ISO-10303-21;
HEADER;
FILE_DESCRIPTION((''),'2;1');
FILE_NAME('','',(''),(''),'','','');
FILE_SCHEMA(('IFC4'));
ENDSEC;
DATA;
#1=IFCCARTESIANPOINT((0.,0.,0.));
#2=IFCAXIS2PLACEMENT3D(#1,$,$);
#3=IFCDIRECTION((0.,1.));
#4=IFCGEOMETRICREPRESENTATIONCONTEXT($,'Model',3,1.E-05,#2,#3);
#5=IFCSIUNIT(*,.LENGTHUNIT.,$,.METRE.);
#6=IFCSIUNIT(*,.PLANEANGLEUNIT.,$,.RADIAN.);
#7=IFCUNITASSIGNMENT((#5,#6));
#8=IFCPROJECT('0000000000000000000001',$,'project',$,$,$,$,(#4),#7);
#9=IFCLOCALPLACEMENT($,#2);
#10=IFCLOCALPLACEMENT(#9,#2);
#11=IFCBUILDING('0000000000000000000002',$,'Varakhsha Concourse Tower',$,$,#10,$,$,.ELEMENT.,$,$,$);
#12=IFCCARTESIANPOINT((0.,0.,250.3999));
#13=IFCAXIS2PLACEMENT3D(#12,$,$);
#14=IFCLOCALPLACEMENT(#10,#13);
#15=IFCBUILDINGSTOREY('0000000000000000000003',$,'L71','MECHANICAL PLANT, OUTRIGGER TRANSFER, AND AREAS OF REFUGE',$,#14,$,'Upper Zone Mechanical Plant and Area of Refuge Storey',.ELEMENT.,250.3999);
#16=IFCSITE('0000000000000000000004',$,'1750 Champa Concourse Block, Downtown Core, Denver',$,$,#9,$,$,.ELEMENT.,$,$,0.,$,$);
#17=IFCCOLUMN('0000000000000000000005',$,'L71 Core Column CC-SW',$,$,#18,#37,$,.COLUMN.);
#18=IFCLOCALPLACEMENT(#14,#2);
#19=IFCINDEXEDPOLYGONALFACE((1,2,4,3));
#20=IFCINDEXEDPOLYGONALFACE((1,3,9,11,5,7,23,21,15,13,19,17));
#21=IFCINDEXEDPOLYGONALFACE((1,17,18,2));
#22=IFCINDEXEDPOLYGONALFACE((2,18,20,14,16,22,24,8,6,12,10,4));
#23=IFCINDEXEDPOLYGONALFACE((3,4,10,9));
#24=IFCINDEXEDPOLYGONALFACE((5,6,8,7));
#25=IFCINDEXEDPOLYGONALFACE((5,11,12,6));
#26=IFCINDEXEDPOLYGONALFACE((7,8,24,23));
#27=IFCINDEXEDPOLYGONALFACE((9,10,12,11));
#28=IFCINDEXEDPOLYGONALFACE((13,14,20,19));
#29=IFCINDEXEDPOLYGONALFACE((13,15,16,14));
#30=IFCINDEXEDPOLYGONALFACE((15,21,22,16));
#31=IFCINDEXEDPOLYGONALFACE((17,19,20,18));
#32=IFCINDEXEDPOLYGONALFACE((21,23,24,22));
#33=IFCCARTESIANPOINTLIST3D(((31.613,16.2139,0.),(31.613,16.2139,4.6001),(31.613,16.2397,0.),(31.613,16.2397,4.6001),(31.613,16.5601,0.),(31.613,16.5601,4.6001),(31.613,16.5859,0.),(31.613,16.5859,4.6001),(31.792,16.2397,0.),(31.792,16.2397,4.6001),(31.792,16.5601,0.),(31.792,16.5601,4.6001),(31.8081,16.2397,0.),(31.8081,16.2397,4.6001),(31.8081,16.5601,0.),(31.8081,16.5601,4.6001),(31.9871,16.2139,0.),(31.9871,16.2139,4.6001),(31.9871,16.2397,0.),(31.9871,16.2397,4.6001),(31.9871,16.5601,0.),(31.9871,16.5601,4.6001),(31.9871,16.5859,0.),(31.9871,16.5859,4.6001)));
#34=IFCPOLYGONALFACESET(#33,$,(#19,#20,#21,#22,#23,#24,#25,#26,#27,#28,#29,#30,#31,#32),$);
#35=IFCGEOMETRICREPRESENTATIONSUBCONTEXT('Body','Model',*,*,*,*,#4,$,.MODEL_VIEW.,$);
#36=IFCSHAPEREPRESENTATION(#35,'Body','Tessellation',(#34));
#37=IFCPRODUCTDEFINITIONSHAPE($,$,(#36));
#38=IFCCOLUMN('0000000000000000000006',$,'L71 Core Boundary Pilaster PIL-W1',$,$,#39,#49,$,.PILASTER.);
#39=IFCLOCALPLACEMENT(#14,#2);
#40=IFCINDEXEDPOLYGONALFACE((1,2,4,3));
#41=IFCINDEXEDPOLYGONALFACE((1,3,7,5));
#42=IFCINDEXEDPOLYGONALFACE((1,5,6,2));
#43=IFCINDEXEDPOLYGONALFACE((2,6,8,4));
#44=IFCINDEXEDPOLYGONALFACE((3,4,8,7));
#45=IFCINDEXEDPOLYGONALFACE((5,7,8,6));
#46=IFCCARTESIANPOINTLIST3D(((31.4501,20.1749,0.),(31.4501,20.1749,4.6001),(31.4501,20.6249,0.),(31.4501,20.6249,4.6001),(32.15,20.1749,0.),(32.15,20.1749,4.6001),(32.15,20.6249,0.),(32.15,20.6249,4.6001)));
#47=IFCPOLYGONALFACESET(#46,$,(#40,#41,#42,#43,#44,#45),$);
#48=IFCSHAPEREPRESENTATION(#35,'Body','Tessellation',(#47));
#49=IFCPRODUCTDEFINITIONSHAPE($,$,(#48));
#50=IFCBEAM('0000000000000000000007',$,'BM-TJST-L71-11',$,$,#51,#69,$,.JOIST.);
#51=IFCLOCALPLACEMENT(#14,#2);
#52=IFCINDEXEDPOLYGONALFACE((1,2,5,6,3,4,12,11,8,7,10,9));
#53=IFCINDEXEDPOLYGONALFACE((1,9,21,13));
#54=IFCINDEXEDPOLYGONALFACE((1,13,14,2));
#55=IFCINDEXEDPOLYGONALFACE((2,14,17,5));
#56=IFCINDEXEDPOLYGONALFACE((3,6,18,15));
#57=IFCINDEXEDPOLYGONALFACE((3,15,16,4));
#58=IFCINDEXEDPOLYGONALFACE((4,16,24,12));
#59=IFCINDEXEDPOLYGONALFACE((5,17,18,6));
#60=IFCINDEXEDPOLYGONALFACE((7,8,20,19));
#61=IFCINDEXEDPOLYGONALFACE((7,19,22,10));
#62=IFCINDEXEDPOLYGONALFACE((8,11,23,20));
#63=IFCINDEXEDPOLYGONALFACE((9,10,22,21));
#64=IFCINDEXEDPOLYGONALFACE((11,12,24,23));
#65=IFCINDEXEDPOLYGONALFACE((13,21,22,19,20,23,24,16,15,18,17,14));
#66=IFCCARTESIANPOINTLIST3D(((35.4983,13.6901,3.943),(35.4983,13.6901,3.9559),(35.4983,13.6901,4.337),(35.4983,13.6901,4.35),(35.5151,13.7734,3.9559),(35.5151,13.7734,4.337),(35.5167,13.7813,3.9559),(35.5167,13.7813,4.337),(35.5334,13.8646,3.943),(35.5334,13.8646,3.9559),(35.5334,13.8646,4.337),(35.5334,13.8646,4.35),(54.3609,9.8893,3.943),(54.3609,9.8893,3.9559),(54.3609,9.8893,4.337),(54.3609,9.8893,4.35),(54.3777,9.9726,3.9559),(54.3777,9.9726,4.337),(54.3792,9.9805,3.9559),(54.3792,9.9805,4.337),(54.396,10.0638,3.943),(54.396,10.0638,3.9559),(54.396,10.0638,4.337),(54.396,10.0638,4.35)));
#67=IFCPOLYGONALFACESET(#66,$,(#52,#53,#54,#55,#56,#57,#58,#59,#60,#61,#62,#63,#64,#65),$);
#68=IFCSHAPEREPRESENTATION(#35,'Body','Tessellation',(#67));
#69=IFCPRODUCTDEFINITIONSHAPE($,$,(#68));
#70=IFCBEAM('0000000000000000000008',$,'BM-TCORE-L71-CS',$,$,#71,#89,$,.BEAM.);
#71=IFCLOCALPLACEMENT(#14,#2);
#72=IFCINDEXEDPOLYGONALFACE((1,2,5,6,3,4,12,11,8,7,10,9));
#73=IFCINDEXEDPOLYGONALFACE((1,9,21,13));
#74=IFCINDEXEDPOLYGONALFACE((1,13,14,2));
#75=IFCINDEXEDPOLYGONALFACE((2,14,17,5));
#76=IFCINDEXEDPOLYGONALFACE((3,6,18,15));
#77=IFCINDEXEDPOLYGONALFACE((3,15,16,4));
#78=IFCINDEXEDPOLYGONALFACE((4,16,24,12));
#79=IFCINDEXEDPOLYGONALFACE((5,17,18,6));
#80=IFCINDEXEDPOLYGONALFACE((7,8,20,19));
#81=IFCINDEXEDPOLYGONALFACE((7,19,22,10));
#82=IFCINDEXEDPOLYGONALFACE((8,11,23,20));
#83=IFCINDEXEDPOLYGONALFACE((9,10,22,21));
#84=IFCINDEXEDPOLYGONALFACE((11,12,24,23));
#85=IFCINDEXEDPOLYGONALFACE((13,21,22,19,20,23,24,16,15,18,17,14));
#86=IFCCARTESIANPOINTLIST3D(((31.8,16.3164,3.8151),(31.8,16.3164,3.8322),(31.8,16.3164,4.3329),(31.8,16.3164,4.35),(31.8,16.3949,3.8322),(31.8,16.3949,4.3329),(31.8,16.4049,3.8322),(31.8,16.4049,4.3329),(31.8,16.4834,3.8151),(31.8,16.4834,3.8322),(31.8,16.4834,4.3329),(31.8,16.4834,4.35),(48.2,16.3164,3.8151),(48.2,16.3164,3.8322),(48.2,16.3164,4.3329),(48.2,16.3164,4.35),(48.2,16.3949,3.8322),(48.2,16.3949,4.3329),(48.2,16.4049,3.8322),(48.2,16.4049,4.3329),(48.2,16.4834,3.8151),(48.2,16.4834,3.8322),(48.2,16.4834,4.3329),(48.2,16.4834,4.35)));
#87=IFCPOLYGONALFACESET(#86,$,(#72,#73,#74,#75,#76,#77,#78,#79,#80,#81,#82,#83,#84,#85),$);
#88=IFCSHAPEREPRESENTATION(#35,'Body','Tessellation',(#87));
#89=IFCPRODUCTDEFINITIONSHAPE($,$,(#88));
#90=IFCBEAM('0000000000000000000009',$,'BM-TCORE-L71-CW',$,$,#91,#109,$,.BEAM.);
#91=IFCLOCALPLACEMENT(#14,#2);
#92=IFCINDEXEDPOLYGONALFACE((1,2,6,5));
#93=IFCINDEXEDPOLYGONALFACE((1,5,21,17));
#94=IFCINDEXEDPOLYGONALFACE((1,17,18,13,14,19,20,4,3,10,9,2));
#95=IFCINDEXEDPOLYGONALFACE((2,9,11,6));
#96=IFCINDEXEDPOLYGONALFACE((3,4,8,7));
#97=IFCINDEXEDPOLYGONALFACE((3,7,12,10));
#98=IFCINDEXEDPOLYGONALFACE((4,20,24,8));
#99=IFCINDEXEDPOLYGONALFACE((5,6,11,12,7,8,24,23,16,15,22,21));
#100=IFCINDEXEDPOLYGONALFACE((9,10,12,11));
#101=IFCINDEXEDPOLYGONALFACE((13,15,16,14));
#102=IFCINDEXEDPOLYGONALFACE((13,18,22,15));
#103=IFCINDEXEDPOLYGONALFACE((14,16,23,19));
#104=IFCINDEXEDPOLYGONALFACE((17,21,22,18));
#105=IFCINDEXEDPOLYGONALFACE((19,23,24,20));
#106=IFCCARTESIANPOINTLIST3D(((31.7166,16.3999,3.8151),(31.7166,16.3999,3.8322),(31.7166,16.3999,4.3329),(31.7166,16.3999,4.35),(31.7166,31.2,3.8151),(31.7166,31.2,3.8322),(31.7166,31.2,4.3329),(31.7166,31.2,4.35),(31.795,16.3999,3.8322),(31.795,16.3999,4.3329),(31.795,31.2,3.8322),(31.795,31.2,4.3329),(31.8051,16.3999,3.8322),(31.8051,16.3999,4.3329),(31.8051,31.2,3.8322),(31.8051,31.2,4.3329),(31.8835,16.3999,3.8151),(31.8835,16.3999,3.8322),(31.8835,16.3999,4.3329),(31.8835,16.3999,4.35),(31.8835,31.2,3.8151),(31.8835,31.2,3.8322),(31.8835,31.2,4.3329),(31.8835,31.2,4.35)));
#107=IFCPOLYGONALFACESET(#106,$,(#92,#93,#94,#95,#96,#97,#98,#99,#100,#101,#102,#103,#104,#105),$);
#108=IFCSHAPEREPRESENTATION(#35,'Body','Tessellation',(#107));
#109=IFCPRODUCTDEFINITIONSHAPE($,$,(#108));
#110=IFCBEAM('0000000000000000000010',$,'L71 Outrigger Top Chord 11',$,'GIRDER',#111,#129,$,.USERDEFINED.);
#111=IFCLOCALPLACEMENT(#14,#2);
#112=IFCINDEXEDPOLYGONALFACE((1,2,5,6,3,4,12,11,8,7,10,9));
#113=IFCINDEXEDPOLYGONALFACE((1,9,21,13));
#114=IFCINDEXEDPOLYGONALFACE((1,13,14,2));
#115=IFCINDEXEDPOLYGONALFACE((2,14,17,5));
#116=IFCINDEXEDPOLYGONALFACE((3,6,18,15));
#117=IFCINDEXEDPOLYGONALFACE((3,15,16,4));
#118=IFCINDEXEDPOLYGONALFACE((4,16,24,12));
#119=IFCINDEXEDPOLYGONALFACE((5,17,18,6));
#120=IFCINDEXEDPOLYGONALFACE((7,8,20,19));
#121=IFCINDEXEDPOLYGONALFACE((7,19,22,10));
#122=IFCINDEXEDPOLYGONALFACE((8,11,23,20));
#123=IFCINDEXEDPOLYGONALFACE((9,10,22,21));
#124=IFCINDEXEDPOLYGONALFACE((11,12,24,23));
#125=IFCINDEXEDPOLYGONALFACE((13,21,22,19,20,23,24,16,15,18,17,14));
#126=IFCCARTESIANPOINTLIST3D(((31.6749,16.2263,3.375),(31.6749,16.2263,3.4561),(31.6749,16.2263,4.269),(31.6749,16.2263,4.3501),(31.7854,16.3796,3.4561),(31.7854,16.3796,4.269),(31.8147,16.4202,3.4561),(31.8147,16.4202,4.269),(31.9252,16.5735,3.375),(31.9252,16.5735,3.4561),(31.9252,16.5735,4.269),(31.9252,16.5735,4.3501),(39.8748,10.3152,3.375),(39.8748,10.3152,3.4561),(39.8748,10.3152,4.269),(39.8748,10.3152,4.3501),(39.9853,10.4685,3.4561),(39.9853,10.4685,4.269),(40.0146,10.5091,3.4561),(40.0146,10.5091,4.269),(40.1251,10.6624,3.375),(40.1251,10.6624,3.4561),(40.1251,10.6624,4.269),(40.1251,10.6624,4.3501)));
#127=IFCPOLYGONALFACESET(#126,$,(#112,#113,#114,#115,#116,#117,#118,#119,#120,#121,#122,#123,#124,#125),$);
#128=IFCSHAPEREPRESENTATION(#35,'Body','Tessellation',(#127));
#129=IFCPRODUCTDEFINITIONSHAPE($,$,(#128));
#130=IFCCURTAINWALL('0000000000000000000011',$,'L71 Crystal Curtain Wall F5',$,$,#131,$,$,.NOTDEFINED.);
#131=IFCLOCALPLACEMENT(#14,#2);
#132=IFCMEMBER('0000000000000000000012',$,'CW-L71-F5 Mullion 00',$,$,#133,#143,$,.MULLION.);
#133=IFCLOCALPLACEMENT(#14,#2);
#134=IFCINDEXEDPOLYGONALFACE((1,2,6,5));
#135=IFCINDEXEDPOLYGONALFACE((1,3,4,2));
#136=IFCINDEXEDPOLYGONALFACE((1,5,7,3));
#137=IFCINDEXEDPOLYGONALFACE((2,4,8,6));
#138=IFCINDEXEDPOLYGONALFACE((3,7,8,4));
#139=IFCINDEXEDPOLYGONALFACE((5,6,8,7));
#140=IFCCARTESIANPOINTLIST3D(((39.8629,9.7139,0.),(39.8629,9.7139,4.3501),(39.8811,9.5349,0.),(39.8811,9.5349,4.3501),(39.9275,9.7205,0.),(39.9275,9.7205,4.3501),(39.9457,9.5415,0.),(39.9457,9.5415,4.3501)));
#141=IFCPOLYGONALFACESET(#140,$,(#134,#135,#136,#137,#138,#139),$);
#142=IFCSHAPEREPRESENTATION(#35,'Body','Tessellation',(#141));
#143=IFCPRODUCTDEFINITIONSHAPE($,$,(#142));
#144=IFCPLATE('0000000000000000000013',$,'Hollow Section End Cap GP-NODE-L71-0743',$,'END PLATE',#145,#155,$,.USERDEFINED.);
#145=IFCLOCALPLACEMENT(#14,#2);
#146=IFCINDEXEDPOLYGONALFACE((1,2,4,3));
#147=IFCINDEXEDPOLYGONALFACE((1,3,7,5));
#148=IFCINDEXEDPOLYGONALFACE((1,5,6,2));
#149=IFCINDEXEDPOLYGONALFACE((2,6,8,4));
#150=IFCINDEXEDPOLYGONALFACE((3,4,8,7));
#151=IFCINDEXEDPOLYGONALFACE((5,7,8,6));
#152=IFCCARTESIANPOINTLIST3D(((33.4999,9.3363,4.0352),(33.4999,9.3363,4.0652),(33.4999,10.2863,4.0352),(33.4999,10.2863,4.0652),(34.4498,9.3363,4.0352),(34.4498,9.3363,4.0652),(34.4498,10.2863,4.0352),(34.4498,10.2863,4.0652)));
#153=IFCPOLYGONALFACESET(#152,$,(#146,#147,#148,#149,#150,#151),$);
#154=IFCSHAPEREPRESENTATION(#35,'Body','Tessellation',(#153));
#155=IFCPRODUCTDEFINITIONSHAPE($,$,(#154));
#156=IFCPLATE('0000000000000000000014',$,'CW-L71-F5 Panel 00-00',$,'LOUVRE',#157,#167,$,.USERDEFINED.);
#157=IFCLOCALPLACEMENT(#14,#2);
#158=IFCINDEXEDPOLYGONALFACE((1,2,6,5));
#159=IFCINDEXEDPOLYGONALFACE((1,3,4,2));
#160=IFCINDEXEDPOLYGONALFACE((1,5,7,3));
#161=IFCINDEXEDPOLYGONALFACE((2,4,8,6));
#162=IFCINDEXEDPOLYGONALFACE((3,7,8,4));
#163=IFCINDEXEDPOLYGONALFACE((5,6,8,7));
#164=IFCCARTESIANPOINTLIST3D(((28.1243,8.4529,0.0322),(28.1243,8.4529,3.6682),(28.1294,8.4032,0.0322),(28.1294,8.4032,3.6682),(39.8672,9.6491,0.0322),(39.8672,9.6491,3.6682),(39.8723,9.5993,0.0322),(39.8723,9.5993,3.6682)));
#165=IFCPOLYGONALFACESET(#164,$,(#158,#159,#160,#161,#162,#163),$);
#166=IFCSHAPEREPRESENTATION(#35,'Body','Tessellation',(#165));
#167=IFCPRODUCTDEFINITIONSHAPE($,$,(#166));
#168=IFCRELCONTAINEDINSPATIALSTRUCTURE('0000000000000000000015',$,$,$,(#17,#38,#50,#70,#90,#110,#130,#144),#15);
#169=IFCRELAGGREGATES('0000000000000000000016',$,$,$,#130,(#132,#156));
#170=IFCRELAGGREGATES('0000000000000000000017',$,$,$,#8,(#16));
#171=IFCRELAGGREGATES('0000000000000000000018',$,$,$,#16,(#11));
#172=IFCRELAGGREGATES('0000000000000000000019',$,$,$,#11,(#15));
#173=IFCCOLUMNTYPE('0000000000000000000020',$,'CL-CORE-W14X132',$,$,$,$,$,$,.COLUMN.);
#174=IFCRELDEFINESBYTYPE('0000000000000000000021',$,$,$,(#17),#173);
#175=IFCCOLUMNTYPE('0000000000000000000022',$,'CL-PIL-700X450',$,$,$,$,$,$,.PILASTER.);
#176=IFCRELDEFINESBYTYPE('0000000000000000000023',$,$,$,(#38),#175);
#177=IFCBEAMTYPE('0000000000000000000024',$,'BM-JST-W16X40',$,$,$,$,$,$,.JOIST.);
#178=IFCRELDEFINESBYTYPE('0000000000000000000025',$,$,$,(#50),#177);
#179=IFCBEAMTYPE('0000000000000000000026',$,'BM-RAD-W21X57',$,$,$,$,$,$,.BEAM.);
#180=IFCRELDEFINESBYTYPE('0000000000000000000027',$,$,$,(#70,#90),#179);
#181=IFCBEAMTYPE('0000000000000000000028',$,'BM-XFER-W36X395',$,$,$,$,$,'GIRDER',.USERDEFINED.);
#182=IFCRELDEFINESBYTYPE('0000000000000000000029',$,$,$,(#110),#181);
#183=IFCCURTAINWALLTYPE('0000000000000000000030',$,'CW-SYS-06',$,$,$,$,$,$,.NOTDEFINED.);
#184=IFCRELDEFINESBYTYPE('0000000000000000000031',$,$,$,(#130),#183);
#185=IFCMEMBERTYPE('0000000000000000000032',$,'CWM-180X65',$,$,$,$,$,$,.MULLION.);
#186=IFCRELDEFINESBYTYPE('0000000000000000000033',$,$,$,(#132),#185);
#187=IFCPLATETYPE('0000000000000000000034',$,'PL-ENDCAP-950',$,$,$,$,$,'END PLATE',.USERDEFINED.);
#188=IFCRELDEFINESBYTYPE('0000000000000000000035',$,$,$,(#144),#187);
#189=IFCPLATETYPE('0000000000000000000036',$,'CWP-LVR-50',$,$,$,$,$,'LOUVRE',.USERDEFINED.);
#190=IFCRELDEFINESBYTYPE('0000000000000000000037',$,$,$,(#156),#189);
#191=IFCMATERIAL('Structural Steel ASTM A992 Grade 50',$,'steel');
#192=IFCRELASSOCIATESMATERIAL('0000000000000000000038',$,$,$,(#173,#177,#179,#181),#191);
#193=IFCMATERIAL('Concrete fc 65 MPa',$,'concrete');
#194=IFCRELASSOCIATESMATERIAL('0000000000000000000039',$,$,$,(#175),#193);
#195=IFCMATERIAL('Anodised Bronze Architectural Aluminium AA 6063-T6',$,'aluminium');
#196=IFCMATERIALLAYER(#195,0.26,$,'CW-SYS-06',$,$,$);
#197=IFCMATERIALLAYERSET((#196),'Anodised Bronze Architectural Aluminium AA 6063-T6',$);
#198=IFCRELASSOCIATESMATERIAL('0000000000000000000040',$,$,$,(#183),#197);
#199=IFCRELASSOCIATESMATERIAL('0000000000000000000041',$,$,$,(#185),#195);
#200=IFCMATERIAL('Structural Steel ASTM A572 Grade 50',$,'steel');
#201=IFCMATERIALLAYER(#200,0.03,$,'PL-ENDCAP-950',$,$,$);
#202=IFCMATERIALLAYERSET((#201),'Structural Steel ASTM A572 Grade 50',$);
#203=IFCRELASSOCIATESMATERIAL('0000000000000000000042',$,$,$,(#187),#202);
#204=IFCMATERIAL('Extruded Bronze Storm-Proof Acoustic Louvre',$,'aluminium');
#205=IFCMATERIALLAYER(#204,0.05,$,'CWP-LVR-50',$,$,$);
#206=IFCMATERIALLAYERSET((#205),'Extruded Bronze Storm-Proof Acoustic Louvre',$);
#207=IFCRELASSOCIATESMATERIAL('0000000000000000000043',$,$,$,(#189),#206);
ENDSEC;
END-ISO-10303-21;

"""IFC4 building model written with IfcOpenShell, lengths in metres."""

from ifc_helpers import new_model, si_unit, direction, frame, origin, origin_2d, place, context, subcontext, project, spatial, rectangle, i_section, extrude, source, transform, mapped, material, layer, layer_set, material_profile, profile_set, type_object, type_shapes, element, aggregate, save


model = new_model("IFC4")

# Units and contexts
model_context = context("Model", 3, precision=1e-05, world=origin(), true_north=direction((0.0, 1.0)))
body_context = subcontext(model_context, "Body", "Model", "MODEL_VIEW")
ifc_project = project(units=[si_unit("LENGTHUNIT", "METRE"), si_unit("PLANEANGLEUNIT", "RADIAN")], contexts=[model_context])

# Site, building, storey
site_placement = place(None, origin())
site = spatial("IfcSite", under=ifc_project, at=site_placement, Name="1750 Champa Concourse Block, Downtown Core, Denver", CompositionType="ELEMENT", RefElevation=0.0)
building_placement = place(site_placement, origin())
building = spatial("IfcBuilding", under=site, at=building_placement, Name="Varakhsha Concourse Tower", CompositionType="ELEMENT")
storey_placement = place(building_placement, frame((0.0, 0.0, 250.3999)))
storey = spatial("IfcBuildingStorey", under=building, at=storey_placement, Name="L71", Description="MECHANICAL PLANT, OUTRIGGER TRANSFER, AND AREAS OF REFUGE", LongName="Upper Zone Mechanical Plant and Area of Refuge Storey", CompositionType="ELEMENT", Elevation=250.3999)

# Columns
ifc_material_1 = material(Name="Structural Steel ASTM A992 Grade 50", Category="steel")
ifc_material_profile_1 = material_profile(ifc_material_1, i_section(OverallWidth=0.374, OverallDepth=0.3721, WebThickness=0.0161, FlangeThickness=0.0259, at=origin_2d()), Name="W14X132")
ifc_profile_set_1 = profile_set([ifc_material_profile_1], Name="Structural Steel ASTM A992 Grade 50")
column_type_1 = type_object("IfcColumnType", Name="CL-CORE-W14X132", PredefinedType="COLUMN", material=ifc_profile_set_1)
column_1_placement = place(storey_placement, frame((31.8, 16.3999, 0.0), z_axis=(0.0, 0.0, 1.0), x_axis=(1.0, 0.0, 0.0)))
element("IfcColumn", 1, at=column_1_placement, inside=storey, type_object=column_type_1, Name="L71 Core Column CC-SW", PredefinedType="COLUMN", context=body_context, shape_type="SweptSolid", body=[
    extrude(i_section(OverallWidth=0.374, OverallDepth=0.3721, WebThickness=0.0161, FlangeThickness=0.0259, at=origin_2d()), origin(), (0.0, 0.0, 1.0), 4.6001),
])
ifc_material_2 = material(Name="Concrete fc 65 MPa", Category="concrete")
ifc_material_profile_2 = material_profile(ifc_material_2, rectangle(XDim=0.7, YDim=0.45, at=origin_2d()), Name="RC 700x450")
ifc_profile_set_2 = profile_set([ifc_material_profile_2], Name="Concrete fc 65 MPa")
column_type_2 = type_object("IfcColumnType", Name="CL-PIL-700X450", PredefinedType="PILASTER", material=ifc_profile_set_2)
column_2_placement = place(storey_placement, frame((31.8, 20.3999, 0.0), z_axis=(0.0, 0.0, 1.0), x_axis=(1.0, 0.0, 0.0)))
element("IfcColumn", 2, at=column_2_placement, inside=storey, type_object=column_type_2, Name="L71 Core Boundary Pilaster PIL-W1", PredefinedType="PILASTER", context=body_context, shape_type="SweptSolid", body=[
    extrude(rectangle(XDim=0.7, YDim=0.45, at=origin_2d()), origin(), (0.0, 0.0, 1.0), 4.6001),
])

# Beams
ifc_material_profile_3 = material_profile(ifc_material_1, i_section(OverallWidth=0.178, OverallDepth=0.407, WebThickness=0.0081, FlangeThickness=0.0129, at=origin_2d()), Name="W16X40")
ifc_profile_set_3 = profile_set([ifc_material_profile_3], Name="Structural Steel ASTM A992 Grade 50")
beam_type_1 = type_object("IfcBeamType", Name="BM-JST-W16X40", PredefinedType="JOIST", material=ifc_profile_set_3)
beam_1_placement = place(storey_placement, frame((35.5159, 13.7773, 4.1465), z_axis=(0.980297, -0.197529, 0.0), x_axis=(0.197529, 0.980297, 0.0)))
element("IfcBeam", 3, at=beam_1_placement, inside=storey, type_object=beam_type_1, Name="BM-TJST-L71-11", PredefinedType="JOIST", context=body_context, shape_type="SweptSolid", body=[
    extrude(i_section(OverallWidth=0.178, OverallDepth=0.407, WebThickness=0.0081, FlangeThickness=0.0129, at=origin_2d()), origin(), (0.0, 0.0, 1.0), 19.2417),
])
ifc_material_profile_4 = material_profile(ifc_material_1, i_section(OverallWidth=0.167, OverallDepth=0.5349, WebThickness=0.01, FlangeThickness=0.0171, at=origin_2d()), Name="W21X57")
ifc_profile_set_4 = profile_set([ifc_material_profile_4], Name="Structural Steel ASTM A992 Grade 50")
beam_type_2 = type_object("IfcBeamType", Name="BM-RAD-W21X57", PredefinedType="BEAM", material=ifc_profile_set_4)
beam_2_placement = place(storey_placement, frame((31.8, 16.3999, 4.0825), z_axis=(1.0, 0.0, 0.0), x_axis=(0.0, 1.0, 0.0)))
element("IfcBeam", 4, at=beam_2_placement, inside=storey, type_object=beam_type_2, Name="BM-TCORE-L71-CS", PredefinedType="BEAM", context=body_context, shape_type="SweptSolid", body=[
    extrude(i_section(OverallWidth=0.167, OverallDepth=0.5349, WebThickness=0.01, FlangeThickness=0.0171, at=origin_2d()), origin(), (0.0, 0.0, 1.0), 16.3999),
])
beam_3_placement = place(storey_placement, frame((31.8, 16.3999, 4.0825), z_axis=(0.0, 1.0, 0.0), x_axis=(-1.0, 0.0, 0.0)))
element("IfcBeam", 5, at=beam_3_placement, inside=storey, type_object=beam_type_2, Name="BM-TCORE-L71-CW", PredefinedType="BEAM", context=body_context, shape_type="SweptSolid", body=[
    extrude(i_section(OverallWidth=0.167, OverallDepth=0.5349, WebThickness=0.01, FlangeThickness=0.0171, at=origin_2d()), origin(), (0.0, 0.0, 1.0), 14.8),
])
ifc_material_profile_5 = material_profile(ifc_material_1, i_section(OverallWidth=0.428, OverallDepth=0.9751, WebThickness=0.05, FlangeThickness=0.0811, at=origin_2d()), Name="W36X395")
ifc_profile_set_5 = profile_set([ifc_material_profile_5], Name="Structural Steel ASTM A992 Grade 50")
beam_type_3 = type_object("IfcBeamType", Name="BM-XFER-W36X395", ElementType="GIRDER", PredefinedType="USERDEFINED", material=ifc_profile_set_5)
beam_4_placement = place(storey_placement, frame((31.8, 16.3999, 3.8625), z_axis=(0.811198, -0.584772, 0.0), x_axis=(0.584772, 0.811198, 0.0)))
element("IfcBeam", 6, at=beam_4_placement, inside=storey, type_object=beam_type_3, Name="L71 Outrigger Top Chord 11", ObjectType="GIRDER", PredefinedType="USERDEFINED", context=body_context, shape_type="SweptSolid", body=[
    extrude(i_section(OverallWidth=0.428, OverallDepth=0.9751, WebThickness=0.05, FlangeThickness=0.0811, at=origin_2d()), origin(), (0.0, 0.0, 1.0), 10.1084),
])

# Curtain wall, member
ifc_material_3 = material(Name="Anodised Bronze Architectural Aluminium AA 6063-T6", Category="aluminium")
ifc_layer_1 = layer(ifc_material_3, 0.26, Name="CW-SYS-06")
ifc_layer_set_1 = layer_set([ifc_layer_1], Name="Anodised Bronze Architectural Aluminium AA 6063-T6")
curtain_wall_type = type_object("IfcCurtainWallType", Name="CW-SYS-06", PredefinedType="NOTDEFINED", material=ifc_layer_set_1)
curtain_wall_placement = place(storey_placement, origin())
curtain_wall = element("IfcCurtainWall", 7, at=curtain_wall_placement, inside=storey, type_object=curtain_wall_type, Name="L71 Crystal Curtain Wall F5", PredefinedType="NOTDEFINED")
ifc_material_profile_6 = material_profile(ifc_material_3, rectangle(XDim=0.0649, YDim=0.1799, at=origin_2d()), Name="CWM-180X65")
ifc_profile_set_6 = profile_set([ifc_material_profile_6], Name="Anodised Bronze Architectural Aluminium AA 6063-T6")
member_type = type_object("IfcMemberType", Name="CWM-180X65", PredefinedType="MULLION", material=ifc_profile_set_6)
shared_shape_1 = source(origin(), body_context, "Body", "SweptSolid", [
    extrude(rectangle(XDim=0.0649, YDim=0.1799, at=origin_2d()), origin(), (0.0, 0.0, 1.0), 4.3501),
])
type_shapes(member_type, [shared_shape_1])
member_placement = place(storey_placement, frame((39.9043, 9.6277, 0.0), z_axis=(0.0, 0.0, 1.0), x_axis=(-0.994852, -0.101336, 0.0)))
member = element("IfcMember", 8, at=member_placement, type_object=member_type, Name="CW-L71-F5 Mullion 00", PredefinedType="MULLION", context=body_context, shape_type="MappedRepresentation", body=[
    mapped(shared_shape_1, transform((0.0, 0.0, 0.0), scale=1.0)),
])

# Plates
ifc_material_4 = material(Name="Structural Steel ASTM A572 Grade 50", Category="steel")
ifc_layer_2 = layer(ifc_material_4, 0.03, Name="PL-ENDCAP-950")
ifc_layer_set_2 = layer_set([ifc_layer_2], Name="Structural Steel ASTM A572 Grade 50")
plate_type_1 = type_object("IfcPlateType", Name="PL-ENDCAP-950", ElementType="END PLATE", PredefinedType="USERDEFINED", material=ifc_layer_set_2)
shared_shape_2 = source(origin(), body_context, "Body", "SweptSolid", [
    extrude(rectangle(XDim=0.95, YDim=0.95, at=origin_2d()), origin(), (0.0, 0.0, 1.0), 0.03),
])
type_shapes(plate_type_1, [shared_shape_2])
plate_1_placement = place(storey_placement, frame((33.9749, 9.8113, 4.0352), z_axis=(0.0, 0.0, 1.0), x_axis=(1.0, 0.0, 0.0)))
element("IfcPlate", 9, at=plate_1_placement, inside=storey, type_object=plate_type_1, Name="Hollow Section End Cap GP-NODE-L71-0743", ObjectType="END PLATE", PredefinedType="USERDEFINED", context=body_context, shape_type="MappedRepresentation", body=[
    mapped(shared_shape_2, transform((0.0, 0.0, 0.0), scale=1.0)),
])
ifc_material_5 = material(Name="Extruded Bronze Storm-Proof Acoustic Louvre", Category="aluminium")
ifc_layer_3 = layer(ifc_material_5, 0.05, Name="CWP-LVR-50")
ifc_layer_set_3 = layer_set([ifc_layer_3], Name="Extruded Bronze Storm-Proof Acoustic Louvre")
plate_type_2 = type_object("IfcPlateType", Name="CWP-LVR-50", ElementType="LOUVRE", PredefinedType="USERDEFINED", material=ifc_layer_set_3)
shared_shape_3 = source(origin(), body_context, "Body", "SweptSolid", [
    extrude(rectangle(XDim=11.8037, YDim=0.05, at=origin_2d()), origin(), (0.0, 0.0, 1.0), 3.636),
])
type_shapes(plate_type_2, [shared_shape_3])
plate_2_placement = place(storey_placement, frame((33.9983, 9.0261, 0.0322), z_axis=(0.0, 0.0, 1.0), x_axis=(-0.994852, -0.101336, 0.0)))
plate_2 = element("IfcPlate", 10, at=plate_2_placement, type_object=plate_type_2, Name="CW-L71-F5 Panel 00-00", ObjectType="LOUVRE", PredefinedType="USERDEFINED", context=body_context, shape_type="MappedRepresentation", body=[
    mapped(shared_shape_3, transform((0.0, 0.0, 0.0), scale=1.0)),
])
aggregate(curtain_wall, [member, plate_2])

save(model, "model.ifc")
